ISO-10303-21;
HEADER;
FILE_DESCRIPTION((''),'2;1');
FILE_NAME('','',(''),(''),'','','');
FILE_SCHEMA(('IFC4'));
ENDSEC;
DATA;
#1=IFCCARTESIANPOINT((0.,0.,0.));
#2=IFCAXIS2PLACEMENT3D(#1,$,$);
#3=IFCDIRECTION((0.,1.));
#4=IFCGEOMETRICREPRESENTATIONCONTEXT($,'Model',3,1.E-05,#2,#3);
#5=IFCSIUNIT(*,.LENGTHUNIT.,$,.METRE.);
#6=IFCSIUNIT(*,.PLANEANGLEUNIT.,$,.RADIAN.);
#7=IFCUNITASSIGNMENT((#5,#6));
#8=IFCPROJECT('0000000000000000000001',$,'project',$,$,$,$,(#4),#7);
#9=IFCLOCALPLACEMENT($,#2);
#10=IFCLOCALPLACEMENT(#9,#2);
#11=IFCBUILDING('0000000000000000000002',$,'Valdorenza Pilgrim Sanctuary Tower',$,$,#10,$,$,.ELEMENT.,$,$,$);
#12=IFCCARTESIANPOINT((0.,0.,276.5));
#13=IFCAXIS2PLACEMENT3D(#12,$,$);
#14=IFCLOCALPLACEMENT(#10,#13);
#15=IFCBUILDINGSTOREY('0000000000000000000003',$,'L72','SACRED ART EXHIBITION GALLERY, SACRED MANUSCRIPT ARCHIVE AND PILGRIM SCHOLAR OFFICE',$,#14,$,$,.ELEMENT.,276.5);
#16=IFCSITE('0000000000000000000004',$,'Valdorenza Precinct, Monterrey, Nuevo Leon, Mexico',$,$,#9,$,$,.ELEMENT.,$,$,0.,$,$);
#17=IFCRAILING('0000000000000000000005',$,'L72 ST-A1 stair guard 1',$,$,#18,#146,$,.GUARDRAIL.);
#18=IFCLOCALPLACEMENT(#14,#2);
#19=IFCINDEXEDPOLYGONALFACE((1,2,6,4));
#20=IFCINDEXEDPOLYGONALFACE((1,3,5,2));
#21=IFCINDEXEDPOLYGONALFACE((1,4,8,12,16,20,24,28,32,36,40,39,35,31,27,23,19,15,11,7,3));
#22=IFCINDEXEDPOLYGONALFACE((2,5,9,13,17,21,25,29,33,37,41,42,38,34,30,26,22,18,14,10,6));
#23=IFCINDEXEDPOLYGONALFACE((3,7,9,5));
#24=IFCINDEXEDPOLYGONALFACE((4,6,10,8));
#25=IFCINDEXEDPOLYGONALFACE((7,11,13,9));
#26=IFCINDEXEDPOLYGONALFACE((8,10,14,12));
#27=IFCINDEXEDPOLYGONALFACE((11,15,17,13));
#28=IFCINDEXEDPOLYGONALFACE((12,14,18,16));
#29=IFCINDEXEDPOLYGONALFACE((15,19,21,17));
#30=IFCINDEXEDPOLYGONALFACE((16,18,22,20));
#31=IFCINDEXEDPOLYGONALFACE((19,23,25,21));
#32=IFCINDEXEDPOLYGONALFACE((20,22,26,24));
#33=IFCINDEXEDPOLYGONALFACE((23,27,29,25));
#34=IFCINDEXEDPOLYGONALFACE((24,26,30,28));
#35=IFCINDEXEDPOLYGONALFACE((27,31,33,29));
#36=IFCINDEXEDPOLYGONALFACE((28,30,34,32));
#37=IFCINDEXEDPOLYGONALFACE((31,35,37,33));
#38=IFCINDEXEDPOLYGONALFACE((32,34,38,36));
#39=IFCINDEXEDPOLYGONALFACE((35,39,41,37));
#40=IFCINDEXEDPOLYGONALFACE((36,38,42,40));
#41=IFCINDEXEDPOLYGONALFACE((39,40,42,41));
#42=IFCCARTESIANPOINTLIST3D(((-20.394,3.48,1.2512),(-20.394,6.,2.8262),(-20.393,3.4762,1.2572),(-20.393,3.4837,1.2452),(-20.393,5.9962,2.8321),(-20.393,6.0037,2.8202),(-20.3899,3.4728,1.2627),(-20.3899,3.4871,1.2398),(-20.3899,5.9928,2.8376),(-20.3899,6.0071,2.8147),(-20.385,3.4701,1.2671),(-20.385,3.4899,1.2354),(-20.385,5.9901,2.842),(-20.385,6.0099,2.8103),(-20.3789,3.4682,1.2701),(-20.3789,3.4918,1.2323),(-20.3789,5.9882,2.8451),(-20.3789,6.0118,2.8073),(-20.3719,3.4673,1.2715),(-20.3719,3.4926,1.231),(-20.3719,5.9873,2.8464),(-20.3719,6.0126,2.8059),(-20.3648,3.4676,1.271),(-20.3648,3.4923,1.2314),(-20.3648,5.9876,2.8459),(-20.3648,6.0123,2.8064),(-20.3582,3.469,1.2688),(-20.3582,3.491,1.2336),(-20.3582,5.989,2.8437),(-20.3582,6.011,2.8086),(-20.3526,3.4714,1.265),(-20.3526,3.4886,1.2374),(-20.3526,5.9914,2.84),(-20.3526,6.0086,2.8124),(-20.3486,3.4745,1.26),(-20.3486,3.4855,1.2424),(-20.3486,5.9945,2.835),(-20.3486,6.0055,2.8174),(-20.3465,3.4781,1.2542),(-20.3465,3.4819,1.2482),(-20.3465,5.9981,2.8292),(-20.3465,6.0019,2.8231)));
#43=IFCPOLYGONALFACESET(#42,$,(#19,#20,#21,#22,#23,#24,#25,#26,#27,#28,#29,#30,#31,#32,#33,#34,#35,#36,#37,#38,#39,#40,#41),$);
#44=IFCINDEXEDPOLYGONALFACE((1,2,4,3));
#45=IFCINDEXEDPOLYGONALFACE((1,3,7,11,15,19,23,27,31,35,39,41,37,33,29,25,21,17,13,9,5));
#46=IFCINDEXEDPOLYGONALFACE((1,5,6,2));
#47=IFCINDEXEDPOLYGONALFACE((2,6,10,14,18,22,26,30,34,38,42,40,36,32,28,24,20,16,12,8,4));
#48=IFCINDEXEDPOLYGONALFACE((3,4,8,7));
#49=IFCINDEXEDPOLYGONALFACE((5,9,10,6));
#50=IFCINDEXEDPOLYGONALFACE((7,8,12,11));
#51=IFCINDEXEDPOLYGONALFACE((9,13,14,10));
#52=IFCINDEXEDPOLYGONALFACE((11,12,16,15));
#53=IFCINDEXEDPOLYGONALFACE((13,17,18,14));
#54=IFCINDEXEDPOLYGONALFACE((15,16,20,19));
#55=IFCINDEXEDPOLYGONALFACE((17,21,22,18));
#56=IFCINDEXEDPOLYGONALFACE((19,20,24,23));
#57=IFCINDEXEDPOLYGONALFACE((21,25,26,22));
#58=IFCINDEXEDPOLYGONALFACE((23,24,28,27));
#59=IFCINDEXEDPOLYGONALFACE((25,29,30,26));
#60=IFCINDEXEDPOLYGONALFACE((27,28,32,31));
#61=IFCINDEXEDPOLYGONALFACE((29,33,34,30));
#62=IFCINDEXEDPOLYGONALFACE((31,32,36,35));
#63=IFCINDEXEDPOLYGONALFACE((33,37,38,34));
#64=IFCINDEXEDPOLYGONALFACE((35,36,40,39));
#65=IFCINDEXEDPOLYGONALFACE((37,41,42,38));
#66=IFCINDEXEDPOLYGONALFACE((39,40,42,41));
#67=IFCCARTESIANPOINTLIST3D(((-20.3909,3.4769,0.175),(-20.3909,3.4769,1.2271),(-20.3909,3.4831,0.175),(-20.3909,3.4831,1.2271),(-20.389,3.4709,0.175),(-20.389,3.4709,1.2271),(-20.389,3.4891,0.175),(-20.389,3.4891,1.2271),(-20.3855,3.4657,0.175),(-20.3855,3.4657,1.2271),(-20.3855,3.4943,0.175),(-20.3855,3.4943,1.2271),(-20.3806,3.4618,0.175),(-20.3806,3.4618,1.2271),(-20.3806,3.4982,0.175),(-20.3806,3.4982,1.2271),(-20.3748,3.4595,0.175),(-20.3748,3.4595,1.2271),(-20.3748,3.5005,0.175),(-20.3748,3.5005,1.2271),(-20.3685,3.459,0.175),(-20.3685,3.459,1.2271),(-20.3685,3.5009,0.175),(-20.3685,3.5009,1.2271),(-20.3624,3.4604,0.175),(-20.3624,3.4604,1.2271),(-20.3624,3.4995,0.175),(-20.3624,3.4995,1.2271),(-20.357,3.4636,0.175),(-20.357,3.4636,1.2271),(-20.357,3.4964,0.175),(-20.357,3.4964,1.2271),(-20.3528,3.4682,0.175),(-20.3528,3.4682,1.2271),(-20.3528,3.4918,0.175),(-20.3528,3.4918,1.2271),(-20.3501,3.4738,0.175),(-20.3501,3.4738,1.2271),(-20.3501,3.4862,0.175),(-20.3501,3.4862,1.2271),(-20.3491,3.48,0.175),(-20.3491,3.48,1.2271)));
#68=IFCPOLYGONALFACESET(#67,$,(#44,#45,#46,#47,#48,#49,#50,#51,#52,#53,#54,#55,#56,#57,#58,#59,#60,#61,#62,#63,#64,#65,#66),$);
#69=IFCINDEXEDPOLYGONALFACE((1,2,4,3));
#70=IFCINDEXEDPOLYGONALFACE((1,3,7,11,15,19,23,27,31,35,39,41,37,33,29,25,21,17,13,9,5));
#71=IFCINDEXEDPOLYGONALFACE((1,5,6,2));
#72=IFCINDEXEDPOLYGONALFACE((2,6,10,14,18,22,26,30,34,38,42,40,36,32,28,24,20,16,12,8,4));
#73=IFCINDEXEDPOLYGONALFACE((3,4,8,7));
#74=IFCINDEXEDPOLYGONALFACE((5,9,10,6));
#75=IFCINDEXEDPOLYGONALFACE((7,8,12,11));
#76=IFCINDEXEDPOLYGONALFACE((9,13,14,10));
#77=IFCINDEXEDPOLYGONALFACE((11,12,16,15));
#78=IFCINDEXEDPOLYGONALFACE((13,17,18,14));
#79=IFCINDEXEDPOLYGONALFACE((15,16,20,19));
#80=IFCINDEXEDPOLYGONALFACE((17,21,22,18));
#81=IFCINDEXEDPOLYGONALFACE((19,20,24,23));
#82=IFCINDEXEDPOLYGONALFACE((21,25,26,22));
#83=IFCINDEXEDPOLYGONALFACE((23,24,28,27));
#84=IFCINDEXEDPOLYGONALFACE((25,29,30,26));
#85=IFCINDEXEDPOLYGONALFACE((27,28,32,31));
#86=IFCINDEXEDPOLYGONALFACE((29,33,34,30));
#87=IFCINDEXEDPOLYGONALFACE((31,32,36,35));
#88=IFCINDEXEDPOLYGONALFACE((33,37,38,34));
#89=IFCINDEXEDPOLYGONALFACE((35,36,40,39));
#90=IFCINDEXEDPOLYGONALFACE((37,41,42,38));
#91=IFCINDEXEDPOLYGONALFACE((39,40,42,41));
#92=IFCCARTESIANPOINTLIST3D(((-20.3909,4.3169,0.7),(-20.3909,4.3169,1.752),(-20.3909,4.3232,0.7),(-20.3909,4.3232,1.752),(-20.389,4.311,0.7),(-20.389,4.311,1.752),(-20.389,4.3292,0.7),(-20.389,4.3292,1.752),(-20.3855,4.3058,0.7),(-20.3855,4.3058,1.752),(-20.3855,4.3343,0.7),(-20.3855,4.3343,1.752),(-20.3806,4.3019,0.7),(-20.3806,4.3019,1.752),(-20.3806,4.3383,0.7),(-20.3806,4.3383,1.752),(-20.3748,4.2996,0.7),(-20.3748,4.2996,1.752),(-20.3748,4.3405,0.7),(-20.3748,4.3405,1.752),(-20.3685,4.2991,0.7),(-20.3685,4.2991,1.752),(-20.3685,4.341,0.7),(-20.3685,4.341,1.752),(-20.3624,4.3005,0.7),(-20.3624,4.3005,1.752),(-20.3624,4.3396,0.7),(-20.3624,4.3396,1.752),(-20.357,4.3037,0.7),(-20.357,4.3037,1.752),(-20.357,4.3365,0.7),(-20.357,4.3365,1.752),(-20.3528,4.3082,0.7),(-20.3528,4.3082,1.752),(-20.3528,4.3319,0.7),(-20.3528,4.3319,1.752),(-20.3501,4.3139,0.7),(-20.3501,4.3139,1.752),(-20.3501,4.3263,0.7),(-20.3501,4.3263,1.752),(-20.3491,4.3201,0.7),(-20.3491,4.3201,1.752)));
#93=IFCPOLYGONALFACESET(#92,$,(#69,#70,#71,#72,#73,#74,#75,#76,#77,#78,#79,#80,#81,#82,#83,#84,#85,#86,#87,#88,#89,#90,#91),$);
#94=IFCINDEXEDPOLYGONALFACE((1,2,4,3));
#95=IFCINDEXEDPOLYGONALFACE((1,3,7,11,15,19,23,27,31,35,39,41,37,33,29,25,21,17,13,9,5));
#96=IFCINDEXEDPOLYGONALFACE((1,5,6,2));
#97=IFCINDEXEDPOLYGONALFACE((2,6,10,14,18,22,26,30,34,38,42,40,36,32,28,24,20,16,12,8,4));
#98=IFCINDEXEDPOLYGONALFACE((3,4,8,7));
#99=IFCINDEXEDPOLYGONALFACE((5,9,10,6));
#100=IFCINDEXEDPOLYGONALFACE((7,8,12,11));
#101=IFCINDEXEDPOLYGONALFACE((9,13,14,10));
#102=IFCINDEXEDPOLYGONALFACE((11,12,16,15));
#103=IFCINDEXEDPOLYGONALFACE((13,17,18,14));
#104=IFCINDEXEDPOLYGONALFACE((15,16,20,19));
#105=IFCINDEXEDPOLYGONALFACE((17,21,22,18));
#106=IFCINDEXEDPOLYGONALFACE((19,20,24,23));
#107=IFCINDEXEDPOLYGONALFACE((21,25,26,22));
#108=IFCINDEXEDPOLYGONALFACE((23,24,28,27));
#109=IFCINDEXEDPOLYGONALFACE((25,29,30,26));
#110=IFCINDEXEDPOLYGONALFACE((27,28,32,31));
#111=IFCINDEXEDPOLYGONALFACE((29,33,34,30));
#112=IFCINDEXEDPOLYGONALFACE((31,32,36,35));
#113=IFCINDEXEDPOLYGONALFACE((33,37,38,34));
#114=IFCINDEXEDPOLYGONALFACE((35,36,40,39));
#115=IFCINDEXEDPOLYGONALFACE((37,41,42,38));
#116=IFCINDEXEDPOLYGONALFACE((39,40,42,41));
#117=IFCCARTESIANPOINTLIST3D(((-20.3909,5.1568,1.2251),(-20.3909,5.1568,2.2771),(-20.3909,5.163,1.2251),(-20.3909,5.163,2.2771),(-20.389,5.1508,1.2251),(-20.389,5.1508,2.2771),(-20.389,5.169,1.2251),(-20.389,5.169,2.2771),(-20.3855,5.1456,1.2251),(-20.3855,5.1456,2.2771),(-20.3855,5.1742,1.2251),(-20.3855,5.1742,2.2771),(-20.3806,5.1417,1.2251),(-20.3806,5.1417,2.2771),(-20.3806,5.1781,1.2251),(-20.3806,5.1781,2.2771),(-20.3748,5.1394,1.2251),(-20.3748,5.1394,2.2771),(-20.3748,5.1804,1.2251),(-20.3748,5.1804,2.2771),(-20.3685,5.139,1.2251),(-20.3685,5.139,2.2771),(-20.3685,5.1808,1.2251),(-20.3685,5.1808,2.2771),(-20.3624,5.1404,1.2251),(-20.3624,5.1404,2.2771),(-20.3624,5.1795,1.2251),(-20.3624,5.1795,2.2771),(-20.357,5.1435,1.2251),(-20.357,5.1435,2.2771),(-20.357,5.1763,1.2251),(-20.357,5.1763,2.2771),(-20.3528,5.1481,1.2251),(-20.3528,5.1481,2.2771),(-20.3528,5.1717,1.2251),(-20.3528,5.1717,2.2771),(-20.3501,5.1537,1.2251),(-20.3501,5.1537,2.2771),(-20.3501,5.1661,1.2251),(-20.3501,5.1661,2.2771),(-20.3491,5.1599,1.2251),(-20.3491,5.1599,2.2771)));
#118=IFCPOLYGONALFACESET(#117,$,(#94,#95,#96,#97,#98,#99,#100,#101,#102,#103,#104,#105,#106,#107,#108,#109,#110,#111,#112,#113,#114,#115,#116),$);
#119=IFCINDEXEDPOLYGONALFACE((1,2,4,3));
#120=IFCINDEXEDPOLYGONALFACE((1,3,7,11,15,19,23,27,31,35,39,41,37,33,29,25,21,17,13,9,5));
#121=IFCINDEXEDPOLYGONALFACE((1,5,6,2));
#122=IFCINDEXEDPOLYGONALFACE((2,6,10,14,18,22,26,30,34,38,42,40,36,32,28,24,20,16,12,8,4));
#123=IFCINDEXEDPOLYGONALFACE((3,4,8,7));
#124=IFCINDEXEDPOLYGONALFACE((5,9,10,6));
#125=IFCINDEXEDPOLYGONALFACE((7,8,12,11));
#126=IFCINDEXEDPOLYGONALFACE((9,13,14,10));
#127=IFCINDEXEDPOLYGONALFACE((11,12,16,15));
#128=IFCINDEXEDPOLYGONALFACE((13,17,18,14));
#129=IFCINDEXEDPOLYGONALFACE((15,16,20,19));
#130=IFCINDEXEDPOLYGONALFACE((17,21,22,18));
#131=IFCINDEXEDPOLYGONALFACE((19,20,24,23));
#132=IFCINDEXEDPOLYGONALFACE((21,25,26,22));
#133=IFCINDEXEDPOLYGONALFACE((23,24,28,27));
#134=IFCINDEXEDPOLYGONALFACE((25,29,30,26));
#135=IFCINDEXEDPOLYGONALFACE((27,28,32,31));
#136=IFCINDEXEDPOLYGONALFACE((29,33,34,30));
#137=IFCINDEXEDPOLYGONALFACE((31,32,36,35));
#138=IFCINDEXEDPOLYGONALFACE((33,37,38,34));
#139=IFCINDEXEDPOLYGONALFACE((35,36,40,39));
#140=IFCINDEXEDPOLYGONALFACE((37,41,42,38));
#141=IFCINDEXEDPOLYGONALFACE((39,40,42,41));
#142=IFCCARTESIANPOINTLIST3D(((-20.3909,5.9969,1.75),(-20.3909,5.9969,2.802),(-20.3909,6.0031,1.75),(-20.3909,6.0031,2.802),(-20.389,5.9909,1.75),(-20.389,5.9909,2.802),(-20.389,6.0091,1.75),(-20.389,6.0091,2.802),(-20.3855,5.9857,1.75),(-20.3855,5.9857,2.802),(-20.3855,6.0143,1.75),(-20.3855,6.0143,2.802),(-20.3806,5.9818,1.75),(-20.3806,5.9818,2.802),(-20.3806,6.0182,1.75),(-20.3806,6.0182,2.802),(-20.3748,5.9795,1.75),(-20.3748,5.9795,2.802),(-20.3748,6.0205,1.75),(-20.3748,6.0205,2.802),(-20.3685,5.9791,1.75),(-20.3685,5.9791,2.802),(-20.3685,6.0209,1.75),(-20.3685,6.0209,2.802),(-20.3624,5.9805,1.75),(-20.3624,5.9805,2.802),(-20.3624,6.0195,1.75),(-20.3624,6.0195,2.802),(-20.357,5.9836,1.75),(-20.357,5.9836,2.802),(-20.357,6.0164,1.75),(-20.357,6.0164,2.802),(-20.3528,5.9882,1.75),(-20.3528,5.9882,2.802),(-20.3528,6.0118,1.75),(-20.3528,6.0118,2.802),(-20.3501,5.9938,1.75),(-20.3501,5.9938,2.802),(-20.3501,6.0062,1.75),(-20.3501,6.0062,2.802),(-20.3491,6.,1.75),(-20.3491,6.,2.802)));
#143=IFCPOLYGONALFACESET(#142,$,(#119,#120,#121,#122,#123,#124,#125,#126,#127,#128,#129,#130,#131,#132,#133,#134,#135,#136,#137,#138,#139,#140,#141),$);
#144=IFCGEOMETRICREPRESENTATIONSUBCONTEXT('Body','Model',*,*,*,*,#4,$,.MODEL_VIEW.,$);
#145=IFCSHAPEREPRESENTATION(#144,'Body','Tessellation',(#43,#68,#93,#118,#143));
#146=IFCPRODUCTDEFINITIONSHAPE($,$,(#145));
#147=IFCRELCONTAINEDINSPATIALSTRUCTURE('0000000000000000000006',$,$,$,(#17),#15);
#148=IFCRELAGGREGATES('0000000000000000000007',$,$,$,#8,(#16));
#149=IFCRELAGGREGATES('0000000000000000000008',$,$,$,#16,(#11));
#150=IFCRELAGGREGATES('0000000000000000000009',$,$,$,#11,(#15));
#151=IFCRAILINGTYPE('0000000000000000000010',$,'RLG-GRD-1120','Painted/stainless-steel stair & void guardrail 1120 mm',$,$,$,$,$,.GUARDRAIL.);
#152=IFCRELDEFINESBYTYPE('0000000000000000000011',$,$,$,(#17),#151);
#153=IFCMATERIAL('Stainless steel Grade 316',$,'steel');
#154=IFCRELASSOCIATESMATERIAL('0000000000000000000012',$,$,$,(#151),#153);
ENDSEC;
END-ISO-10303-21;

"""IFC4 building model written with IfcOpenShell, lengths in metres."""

from ifc_helpers import new_model, si_unit, direction, frame, origin, origin_2d, place, context, subcontext, project, spatial, circle, extrude, material, type_object, element, save


model = new_model("IFC4")

# Units and contexts
model_context = context("Model", 3, precision=1e-05, world=origin(), true_north=direction((0.0, 1.0)))
body_context = subcontext(model_context, "Body", "Model", "MODEL_VIEW")
ifc_project = project(units=[si_unit("LENGTHUNIT", "METRE"), si_unit("PLANEANGLEUNIT", "RADIAN")], contexts=[model_context])

# Site, building, storey
site_placement = place(None, origin())
site = spatial("IfcSite", under=ifc_project, at=site_placement, Name="Valdorenza Precinct, Monterrey, Nuevo Leon, Mexico", CompositionType="ELEMENT", RefElevation=0.0)
building_placement = place(site_placement, origin())
building = spatial("IfcBuilding", under=site, at=building_placement, Name="Valdorenza Pilgrim Sanctuary Tower", CompositionType="ELEMENT")
storey_placement = place(building_placement, frame((0.0, 0.0, 276.5)))
storey = spatial("IfcBuildingStorey", under=building, at=storey_placement, Name="L72", Description="SACRED ART EXHIBITION GALLERY, SACRED MANUSCRIPT ARCHIVE AND PILGRIM SCHOLAR OFFICE", CompositionType="ELEMENT", Elevation=276.5)

# Railing
ifc_material_1 = material(Name="Stainless steel Grade 316", Category="steel")
railing_type_1 = type_object("IfcRailingType", Name="RLG-GRD-1120", Description="Painted/stainless-steel stair & void guardrail 1120 mm", PredefinedType="GUARDRAIL", material=ifc_material_1)
railing_1_placement = place(storey_placement, frame((-20.3701, 3.48, 0.175)))
element("IfcRailing", 1, at=railing_1_placement, inside=storey, type_object=railing_type_1, Name="L72 ST-A1 stair guard 1", PredefinedType="GUARDRAIL", context=body_context, shape_type="SweptSolid", body=[
    extrude(circle(Radius=0.0239, at=origin_2d()), frame((0.0, 0.0, 1.0762), z_axis=(0.0, 0.848008, 0.529984), x_axis=(-1.0, 0.0, 0.0)), (0.0, 0.0, 1.0), 2.9717),
    extrude(circle(Radius=0.021, at=origin_2d()), origin(), (0.0, 0.0, 1.0), 1.052),
    extrude(circle(Radius=0.021, at=origin_2d()), frame((0.0, 0.8401, 0.5249)), (0.0, 0.0, 1.0), 1.052),
    extrude(circle(Radius=0.021, at=origin_2d()), frame((0.0, 1.6799, 1.05)), (0.0, 0.0, 1.0), 1.052),
    extrude(circle(Radius=0.021, at=origin_2d()), frame((0.0, 2.52, 1.575)), (0.0, 0.0, 1.0), 1.052),
])

save(model, "model.ifc")
